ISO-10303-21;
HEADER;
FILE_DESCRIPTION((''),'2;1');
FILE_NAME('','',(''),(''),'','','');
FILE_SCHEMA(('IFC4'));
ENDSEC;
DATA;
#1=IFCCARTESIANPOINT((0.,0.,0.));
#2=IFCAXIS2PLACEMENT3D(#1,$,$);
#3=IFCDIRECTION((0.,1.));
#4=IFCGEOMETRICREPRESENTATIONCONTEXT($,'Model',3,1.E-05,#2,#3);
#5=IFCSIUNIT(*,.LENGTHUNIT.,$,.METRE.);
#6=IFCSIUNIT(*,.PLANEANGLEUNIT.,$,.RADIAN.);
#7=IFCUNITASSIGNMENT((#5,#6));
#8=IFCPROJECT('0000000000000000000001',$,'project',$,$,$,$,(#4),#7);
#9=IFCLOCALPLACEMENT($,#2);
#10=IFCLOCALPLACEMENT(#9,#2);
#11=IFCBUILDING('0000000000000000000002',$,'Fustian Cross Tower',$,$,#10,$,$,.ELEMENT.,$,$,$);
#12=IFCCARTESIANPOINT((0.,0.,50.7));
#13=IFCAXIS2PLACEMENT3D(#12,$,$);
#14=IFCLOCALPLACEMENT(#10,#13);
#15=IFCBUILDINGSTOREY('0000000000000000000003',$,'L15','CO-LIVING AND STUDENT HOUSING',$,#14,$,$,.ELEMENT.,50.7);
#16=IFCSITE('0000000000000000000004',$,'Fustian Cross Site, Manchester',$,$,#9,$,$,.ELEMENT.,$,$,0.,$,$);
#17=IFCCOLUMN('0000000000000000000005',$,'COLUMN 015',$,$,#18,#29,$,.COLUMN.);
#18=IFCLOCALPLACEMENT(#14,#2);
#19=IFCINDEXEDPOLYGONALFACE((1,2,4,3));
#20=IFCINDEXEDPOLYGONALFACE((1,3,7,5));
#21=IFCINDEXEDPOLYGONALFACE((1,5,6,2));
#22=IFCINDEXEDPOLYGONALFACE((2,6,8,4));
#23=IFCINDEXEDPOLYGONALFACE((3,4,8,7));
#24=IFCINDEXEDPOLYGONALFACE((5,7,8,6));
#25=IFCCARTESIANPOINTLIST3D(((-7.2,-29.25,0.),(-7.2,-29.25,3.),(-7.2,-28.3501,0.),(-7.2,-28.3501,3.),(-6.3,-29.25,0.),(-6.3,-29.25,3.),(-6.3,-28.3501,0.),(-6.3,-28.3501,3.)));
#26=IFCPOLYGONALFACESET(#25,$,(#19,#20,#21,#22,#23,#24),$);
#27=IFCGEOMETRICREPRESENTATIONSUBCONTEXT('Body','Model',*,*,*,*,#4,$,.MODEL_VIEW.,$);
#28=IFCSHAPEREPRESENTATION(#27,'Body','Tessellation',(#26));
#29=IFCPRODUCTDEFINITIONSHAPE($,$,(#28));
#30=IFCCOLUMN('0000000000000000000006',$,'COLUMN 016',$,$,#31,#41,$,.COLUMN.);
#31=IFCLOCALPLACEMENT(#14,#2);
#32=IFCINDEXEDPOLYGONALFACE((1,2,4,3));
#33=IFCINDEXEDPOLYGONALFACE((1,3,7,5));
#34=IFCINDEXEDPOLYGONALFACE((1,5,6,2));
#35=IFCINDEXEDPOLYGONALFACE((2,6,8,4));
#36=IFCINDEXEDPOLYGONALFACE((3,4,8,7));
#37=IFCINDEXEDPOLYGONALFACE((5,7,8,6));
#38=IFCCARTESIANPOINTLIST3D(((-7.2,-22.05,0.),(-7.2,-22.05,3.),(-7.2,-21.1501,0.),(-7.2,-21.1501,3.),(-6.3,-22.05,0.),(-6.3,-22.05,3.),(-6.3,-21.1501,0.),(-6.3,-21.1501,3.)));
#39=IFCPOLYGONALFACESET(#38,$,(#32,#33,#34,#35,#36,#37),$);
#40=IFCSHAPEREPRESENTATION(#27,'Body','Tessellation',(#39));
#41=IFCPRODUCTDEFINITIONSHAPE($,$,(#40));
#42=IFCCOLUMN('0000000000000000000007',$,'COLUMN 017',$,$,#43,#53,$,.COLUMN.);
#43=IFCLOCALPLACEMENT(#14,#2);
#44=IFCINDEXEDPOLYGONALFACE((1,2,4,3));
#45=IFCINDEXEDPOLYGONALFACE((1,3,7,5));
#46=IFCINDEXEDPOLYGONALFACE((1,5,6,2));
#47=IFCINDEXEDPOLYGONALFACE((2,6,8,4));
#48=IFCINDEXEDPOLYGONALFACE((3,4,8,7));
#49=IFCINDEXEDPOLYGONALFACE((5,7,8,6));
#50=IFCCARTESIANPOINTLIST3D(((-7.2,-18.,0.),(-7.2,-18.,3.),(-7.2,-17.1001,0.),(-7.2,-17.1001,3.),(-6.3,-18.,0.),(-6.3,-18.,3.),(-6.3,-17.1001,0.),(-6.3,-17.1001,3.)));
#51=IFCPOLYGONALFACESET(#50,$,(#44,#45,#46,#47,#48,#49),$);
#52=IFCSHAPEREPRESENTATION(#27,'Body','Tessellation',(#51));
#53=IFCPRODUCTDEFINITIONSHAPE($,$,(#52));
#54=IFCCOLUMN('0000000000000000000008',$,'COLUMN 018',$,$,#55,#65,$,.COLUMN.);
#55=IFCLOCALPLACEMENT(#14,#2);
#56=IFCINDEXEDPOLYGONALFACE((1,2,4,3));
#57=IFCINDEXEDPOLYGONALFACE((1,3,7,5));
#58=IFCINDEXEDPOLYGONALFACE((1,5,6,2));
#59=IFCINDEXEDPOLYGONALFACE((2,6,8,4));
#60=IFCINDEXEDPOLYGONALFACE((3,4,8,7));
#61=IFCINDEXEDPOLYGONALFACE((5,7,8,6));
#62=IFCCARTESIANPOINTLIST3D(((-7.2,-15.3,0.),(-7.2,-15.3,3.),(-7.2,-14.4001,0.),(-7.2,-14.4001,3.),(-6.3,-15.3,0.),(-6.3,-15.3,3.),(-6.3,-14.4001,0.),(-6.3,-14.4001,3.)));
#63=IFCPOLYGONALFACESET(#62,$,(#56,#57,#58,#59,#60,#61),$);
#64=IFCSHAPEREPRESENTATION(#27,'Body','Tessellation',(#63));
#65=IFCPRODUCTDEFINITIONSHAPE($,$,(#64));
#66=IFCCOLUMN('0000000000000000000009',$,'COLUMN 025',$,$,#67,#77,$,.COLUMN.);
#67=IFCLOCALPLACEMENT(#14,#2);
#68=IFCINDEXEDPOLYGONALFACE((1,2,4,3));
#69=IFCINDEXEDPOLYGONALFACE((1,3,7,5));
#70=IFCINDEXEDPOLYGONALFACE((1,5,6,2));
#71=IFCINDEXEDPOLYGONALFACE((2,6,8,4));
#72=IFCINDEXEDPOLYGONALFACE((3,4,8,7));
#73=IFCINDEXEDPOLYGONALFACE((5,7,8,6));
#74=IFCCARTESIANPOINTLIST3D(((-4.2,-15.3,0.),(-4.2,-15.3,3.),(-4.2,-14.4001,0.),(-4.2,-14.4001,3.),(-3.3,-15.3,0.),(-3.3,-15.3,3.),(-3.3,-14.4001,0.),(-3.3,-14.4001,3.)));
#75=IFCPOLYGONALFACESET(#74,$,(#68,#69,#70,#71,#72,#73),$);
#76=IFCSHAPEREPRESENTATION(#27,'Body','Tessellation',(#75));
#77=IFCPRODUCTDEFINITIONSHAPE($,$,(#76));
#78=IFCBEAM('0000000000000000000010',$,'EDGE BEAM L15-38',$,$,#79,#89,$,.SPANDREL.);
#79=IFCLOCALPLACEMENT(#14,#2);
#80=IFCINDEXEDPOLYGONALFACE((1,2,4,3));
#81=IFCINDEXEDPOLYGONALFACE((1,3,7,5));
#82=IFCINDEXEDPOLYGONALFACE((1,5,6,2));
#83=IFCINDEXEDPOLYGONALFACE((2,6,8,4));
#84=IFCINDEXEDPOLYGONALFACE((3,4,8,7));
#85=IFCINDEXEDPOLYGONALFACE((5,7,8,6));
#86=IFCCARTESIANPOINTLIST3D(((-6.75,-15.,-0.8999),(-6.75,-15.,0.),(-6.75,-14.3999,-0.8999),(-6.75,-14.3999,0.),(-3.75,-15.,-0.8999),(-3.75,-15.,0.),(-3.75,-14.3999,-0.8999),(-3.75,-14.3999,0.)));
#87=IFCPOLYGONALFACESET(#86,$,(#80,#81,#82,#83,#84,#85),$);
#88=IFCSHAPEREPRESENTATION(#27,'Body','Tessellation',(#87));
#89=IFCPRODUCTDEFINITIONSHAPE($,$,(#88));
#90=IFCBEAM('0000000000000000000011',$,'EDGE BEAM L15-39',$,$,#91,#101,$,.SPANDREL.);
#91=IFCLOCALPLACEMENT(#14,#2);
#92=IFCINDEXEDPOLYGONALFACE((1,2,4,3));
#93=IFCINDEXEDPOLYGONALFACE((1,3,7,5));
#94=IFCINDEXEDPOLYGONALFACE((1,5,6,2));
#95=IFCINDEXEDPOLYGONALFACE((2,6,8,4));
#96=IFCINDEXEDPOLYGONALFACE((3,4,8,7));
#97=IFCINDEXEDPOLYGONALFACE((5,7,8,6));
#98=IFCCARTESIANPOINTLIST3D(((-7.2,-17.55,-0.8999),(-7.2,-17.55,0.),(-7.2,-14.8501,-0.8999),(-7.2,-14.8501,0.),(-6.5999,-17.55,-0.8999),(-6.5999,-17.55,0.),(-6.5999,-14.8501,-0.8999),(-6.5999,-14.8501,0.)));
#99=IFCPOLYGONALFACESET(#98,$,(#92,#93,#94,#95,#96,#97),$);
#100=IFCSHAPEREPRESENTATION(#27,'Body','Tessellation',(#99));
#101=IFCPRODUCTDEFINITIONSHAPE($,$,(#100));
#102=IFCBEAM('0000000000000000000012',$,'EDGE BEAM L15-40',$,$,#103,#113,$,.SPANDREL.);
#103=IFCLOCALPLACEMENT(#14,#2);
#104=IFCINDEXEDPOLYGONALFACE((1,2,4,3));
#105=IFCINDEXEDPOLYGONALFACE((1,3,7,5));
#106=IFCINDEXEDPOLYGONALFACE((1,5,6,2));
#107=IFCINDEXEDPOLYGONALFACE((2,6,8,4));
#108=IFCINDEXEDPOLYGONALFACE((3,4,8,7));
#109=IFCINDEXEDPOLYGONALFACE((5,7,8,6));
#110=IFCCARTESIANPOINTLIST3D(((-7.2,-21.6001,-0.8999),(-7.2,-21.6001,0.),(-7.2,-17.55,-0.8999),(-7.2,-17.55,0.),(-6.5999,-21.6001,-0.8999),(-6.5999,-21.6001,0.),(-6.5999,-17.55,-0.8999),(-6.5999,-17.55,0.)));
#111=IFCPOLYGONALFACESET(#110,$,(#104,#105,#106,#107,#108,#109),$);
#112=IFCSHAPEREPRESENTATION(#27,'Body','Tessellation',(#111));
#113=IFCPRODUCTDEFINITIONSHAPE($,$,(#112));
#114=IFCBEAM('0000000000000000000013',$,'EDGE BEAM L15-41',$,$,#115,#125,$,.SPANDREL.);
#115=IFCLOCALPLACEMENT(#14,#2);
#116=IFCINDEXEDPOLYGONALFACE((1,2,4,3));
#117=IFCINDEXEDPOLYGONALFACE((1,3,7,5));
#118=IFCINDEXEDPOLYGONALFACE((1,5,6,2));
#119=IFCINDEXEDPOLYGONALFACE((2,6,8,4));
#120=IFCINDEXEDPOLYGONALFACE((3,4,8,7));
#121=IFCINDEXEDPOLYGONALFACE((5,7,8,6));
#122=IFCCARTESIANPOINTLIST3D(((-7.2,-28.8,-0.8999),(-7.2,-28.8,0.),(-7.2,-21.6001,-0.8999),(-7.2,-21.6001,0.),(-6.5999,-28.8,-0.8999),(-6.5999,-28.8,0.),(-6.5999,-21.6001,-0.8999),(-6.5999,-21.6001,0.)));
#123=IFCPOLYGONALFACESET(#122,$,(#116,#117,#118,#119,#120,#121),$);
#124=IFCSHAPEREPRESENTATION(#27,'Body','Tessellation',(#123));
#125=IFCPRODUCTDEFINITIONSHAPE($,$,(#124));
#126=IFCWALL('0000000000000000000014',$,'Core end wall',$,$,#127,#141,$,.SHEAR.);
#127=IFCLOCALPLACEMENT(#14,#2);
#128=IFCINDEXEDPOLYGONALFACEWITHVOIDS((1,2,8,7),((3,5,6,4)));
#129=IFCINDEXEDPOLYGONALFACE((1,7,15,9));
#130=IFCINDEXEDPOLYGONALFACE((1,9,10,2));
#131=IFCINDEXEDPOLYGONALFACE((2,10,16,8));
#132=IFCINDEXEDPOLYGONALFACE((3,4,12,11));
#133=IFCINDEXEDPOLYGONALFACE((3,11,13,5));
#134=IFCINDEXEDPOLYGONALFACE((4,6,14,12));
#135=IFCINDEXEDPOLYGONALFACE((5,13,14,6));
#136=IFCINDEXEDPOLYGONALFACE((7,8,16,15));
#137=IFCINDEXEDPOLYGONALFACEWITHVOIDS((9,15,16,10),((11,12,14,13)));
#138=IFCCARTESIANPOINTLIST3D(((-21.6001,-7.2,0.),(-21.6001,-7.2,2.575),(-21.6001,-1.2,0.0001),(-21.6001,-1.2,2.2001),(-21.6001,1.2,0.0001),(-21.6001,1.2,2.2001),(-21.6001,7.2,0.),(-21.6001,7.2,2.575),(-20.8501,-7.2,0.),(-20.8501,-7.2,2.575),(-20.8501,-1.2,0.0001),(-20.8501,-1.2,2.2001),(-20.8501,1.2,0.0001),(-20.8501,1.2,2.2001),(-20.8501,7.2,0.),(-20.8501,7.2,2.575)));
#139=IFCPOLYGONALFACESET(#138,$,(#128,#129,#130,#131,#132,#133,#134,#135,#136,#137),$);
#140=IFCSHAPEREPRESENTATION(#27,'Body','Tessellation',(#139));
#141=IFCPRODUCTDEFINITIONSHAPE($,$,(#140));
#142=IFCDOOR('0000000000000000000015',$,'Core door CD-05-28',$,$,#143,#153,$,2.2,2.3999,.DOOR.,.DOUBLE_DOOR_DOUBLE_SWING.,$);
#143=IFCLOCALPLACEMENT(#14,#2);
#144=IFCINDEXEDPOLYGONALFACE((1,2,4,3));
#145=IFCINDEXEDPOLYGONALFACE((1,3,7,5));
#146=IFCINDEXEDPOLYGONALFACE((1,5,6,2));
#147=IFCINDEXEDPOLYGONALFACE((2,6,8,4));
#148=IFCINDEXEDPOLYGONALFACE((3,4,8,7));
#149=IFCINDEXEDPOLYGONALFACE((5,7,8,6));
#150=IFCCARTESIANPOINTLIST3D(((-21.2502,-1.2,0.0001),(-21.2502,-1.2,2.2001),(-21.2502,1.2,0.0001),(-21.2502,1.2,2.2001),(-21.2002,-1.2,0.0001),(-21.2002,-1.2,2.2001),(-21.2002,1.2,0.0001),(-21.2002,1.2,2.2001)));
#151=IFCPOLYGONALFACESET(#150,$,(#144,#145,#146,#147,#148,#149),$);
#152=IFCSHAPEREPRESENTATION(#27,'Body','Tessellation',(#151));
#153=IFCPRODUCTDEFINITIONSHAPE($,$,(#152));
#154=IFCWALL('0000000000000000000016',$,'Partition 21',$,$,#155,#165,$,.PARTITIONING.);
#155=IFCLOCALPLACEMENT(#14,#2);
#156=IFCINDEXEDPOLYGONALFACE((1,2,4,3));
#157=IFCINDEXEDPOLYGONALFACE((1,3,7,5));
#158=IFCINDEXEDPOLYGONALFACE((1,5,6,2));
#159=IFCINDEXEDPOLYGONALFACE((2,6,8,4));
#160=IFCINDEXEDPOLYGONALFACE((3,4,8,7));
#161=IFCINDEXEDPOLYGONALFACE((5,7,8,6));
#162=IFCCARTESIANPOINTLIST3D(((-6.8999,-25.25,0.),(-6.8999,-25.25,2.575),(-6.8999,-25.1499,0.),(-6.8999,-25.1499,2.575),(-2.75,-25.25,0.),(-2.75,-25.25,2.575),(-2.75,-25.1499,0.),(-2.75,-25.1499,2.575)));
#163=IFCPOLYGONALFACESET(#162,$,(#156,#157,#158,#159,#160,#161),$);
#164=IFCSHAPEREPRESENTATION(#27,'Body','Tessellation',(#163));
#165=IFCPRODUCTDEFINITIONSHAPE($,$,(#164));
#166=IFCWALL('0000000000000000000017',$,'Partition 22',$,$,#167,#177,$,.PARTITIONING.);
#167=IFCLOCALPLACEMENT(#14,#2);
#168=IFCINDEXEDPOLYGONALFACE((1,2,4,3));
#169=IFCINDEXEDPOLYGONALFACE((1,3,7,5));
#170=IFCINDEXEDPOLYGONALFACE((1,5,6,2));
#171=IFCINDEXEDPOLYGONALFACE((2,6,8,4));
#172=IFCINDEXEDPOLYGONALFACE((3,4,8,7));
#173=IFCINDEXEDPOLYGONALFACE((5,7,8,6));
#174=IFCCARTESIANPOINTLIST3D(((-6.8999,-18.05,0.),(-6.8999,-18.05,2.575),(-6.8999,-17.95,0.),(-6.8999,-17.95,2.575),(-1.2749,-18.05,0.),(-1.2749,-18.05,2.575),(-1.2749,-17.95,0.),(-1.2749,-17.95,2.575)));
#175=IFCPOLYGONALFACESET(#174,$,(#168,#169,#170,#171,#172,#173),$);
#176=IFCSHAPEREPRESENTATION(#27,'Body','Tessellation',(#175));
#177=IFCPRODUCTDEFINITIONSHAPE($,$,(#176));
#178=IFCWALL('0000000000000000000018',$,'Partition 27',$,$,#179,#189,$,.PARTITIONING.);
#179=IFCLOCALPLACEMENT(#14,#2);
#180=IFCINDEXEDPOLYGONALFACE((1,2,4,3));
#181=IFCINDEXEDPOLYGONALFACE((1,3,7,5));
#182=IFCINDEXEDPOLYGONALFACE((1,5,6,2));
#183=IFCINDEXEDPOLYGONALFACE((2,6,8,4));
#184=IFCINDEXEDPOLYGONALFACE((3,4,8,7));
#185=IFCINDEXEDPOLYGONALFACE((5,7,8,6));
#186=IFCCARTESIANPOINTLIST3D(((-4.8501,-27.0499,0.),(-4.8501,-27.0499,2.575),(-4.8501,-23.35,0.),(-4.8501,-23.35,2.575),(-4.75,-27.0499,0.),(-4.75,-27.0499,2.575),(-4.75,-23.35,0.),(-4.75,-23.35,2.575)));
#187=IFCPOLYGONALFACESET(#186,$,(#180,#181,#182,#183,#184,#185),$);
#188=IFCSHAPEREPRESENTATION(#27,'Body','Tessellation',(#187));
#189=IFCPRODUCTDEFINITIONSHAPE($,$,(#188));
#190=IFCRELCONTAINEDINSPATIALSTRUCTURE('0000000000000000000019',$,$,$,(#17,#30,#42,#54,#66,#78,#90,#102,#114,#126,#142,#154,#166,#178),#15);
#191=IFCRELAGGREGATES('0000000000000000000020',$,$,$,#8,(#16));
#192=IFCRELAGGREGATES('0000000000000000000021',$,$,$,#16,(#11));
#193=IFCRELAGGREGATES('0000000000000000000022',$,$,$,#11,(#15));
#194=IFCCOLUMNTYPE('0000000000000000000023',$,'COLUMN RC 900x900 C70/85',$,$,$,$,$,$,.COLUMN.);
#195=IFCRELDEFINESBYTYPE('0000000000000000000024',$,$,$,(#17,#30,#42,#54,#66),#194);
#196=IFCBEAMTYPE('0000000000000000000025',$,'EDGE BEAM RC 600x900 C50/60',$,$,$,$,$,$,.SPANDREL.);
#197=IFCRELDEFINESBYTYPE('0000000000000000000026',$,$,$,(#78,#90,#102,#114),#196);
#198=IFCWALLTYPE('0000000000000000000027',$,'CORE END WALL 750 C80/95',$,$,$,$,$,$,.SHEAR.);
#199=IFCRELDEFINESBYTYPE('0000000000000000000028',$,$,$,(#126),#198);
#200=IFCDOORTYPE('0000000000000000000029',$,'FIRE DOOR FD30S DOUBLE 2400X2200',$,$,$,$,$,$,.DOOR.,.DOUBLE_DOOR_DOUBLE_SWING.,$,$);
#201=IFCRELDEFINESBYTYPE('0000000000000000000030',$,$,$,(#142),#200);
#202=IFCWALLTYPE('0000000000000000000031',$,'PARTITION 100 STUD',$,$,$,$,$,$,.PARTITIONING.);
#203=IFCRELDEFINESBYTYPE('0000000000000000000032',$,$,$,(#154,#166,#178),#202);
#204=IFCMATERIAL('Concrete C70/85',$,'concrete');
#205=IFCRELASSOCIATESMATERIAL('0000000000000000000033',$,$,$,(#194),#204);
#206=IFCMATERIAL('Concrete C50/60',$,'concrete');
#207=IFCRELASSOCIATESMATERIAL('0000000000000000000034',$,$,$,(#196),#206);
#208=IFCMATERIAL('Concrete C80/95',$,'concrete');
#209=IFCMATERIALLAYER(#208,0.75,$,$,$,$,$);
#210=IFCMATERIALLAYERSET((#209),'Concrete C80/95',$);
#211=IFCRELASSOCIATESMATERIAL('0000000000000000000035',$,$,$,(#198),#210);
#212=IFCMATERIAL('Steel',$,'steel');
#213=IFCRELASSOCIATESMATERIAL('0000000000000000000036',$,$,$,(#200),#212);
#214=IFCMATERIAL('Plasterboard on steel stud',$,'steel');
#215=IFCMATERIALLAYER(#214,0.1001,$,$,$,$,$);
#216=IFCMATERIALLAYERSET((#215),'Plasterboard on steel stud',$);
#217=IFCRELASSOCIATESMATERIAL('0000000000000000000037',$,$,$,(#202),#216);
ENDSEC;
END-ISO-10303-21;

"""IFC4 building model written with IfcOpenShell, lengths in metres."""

from ifc_helpers import new_model, si_unit, direction, frame, frame_2d, origin, origin_2d, place, context, subcontext, project, spatial, rectangle, extrude, material, layer, layer_set, material_profile, profile_set, type_object, element, fill, save


model = new_model("IFC4")

# Units and contexts
model_context = context("Model", 3, precision=1e-05, world=origin(), true_north=direction((0.0, 1.0)))
body_context = subcontext(model_context, "Body", "Model", "MODEL_VIEW")
ifc_project = project(units=[si_unit("LENGTHUNIT", "METRE"), si_unit("PLANEANGLEUNIT", "RADIAN")], contexts=[model_context])

# Site, building, storey
site_placement = place(None, origin())
site = spatial("IfcSite", under=ifc_project, at=site_placement, Name="Fustian Cross Site, Manchester", CompositionType="ELEMENT", RefElevation=0.0)
building_placement = place(site_placement, origin())
building = spatial("IfcBuilding", under=site, at=building_placement, Name="Fustian Cross Tower", CompositionType="ELEMENT")
storey_placement = place(building_placement, frame((0.0, 0.0, 50.7)))
storey = spatial("IfcBuildingStorey", under=building, at=storey_placement, Name="L15", Description="CO-LIVING AND STUDENT HOUSING", CompositionType="ELEMENT", Elevation=50.7)

# Columns
ifc_material_1 = material(Name="Concrete C70/85", Category="concrete")
ifc_material_profile_1 = material_profile(ifc_material_1, rectangle(XDim=0.8999, YDim=0.8999, at=origin_2d()), Name="RC 900x900")
ifc_profile_set_1 = profile_set([ifc_material_profile_1], Name="Concrete C70/85")
column_type = type_object("IfcColumnType", Name="COLUMN RC 900x900 C70/85", PredefinedType="COLUMN", material=ifc_profile_set_1)
for number, where, z_axis, x_axis, name in (
    (1, (-6.75, -28.8, 0.0), (0.0, 0.0, 1.0), (1.0, 0.0, 0.0), "COLUMN 015"),
    (2, (-6.75, -21.6001, 0.0), (0.0, 0.0, 1.0), (1.0, 0.0, 0.0), "COLUMN 016"),
    (3, (-6.75, -17.55, 0.0), (0.0, 0.0, 1.0), (1.0, 0.0, 0.0), "COLUMN 017"),
    (4, (-6.75, -14.8501, 0.0), (0.0, 0.0, 1.0), (1.0, 0.0, 0.0), "COLUMN 018"),
    (5, (-3.75, -14.8501, 0.0), (0.0, 0.0, 1.0), (1.0, 0.0, 0.0), "COLUMN 025"),
):
    element("IfcColumn", number, at=place(storey_placement, frame(where, z_axis=z_axis, x_axis=x_axis)), inside=storey, type_object=column_type, Name=name, PredefinedType="COLUMN", context=body_context, shape_type="SweptSolid", body=[
        extrude(rectangle(XDim=0.8999, YDim=0.8999, at=origin_2d()), origin(), (0.0, 0.0, 1.0), 3.0),
    ])

# Beams
ifc_material_2 = material(Name="Concrete C50/60", Category="concrete")
ifc_material_profile_2 = material_profile(ifc_material_2, rectangle(XDim=0.6001, YDim=0.8999, at=origin_2d()), Name="RC 600x900")
ifc_profile_set_2 = profile_set([ifc_material_profile_2], Name="Concrete C50/60")
beam_type = type_object("IfcBeamType", Name="EDGE BEAM RC 600x900 C50/60", PredefinedType="SPANDREL", material=ifc_profile_set_2)
beam_1_placement = place(storey_placement, frame((-3.75, -14.7, -0.45), z_axis=(-1.0, 0.0, 0.0), x_axis=(0.0, -1.0, 0.0)))
element("IfcBeam", 6, at=beam_1_placement, inside=storey, type_object=beam_type, Name="EDGE BEAM L15-38", PredefinedType="SPANDREL", context=body_context, shape_type="SweptSolid", body=[
    extrude(rectangle(XDim=0.6001, YDim=0.8999, at=origin_2d()), origin(), (0.0, 0.0, 1.0), 3.0),
])
beam_2_placement = place(storey_placement, frame((-6.8999, -14.8501, -0.45), z_axis=(0.0, -1.0, 0.0), x_axis=(1.0, 0.0, 0.0)))
element("IfcBeam", 7, at=beam_2_placement, inside=storey, type_object=beam_type, Name="EDGE BEAM L15-39", PredefinedType="SPANDREL", context=body_context, shape_type="SweptSolid", body=[
    extrude(rectangle(XDim=0.6001, YDim=0.8999, at=origin_2d()), origin(), (0.0, 0.0, 1.0), 2.7),
])
beam_3_placement = place(storey_placement, frame((-6.8999, -17.55, -0.45), z_axis=(0.0, -1.0, 0.0), x_axis=(1.0, 0.0, 0.0)))
element("IfcBeam", 8, at=beam_3_placement, inside=storey, type_object=beam_type, Name="EDGE BEAM L15-40", PredefinedType="SPANDREL", context=body_context, shape_type="SweptSolid", body=[
    extrude(rectangle(XDim=0.6001, YDim=0.8999, at=origin_2d()), origin(), (0.0, 0.0, 1.0), 4.05),
])
beam_4_placement = place(storey_placement, frame((-6.8999, -21.6001, -0.45), z_axis=(0.0, -1.0, 0.0), x_axis=(1.0, 0.0, 0.0)))
element("IfcBeam", 9, at=beam_4_placement, inside=storey, type_object=beam_type, Name="EDGE BEAM L15-41", PredefinedType="SPANDREL", context=body_context, shape_type="SweptSolid", body=[
    extrude(rectangle(XDim=0.6001, YDim=0.8999, at=origin_2d()), origin(), (0.0, 0.0, 1.0), 7.2),
])

# Wall, opening, door
ifc_material_3 = material(Name="Concrete C80/95", Category="concrete")
ifc_layer_1 = layer(ifc_material_3, 0.75)
ifc_layer_set_1 = layer_set([ifc_layer_1], Name="Concrete C80/95")
wall_type_1 = type_object("IfcWallType", Name="CORE END WALL 750 C80/95", PredefinedType="SHEAR", material=ifc_layer_set_1)
wall_1_placement = place(storey_placement, frame((-21.2251, -7.2, 0.0), z_axis=(0.0, 0.0, 1.0), x_axis=(0.0, 1.0, 0.0)))
wall_1 = element("IfcWall", 10, at=wall_1_placement, inside=storey, type_object=wall_type_1, Name="Core end wall", PredefinedType="SHEAR", context=body_context, shape_type="SweptSolid", body=[
    extrude(rectangle(XDim=14.3999, YDim=0.75, at=frame_2d((7.2, 0.0))), origin(), (0.0, 0.0, 1.0), 2.575),
])
opening_1_placement = place(wall_1_placement, frame((6.0, 0.0, 0.0)))
opening_1 = element("IfcOpeningElement", 11, at=opening_1_placement, cuts=wall_1, PredefinedType="OPENING", context=body_context, shape_type="SweptSolid", body=[
    extrude(rectangle(XDim=2.3999, YDim=2.2, at=frame_2d((1.2, 1.1001))), frame((0.0, 0.385, 0.0), z_axis=(0.0, -1.0, 0.0), x_axis=(1.0, 0.0, 0.0)), (0.0, 0.0, 1.0), 0.77),
])
ifc_material_4 = material(Name="Steel", Category="steel")
door_type_1 = type_object("IfcDoorType", Name="FIRE DOOR FD30S DOUBLE 2400X2200", OperationType="DOUBLE_DOOR_DOUBLE_SWING", PredefinedType="DOOR", material=ifc_material_4)
door_1_placement = place(opening_1_placement, frame((2.3999, 0.0, 0.0), z_axis=(0.0, 0.0, 1.0), x_axis=(-1.0, 0.0, 0.0)))
door_1 = element("IfcDoor", 12, at=door_1_placement, inside=storey, type_object=door_type_1, Name="Core door CD-05-28", OperationType="DOUBLE_DOOR_DOUBLE_SWING", OverallHeight=2.2, OverallWidth=2.3999, PredefinedType="DOOR", context=body_context, shape_type="SweptSolid", body=[
    extrude(rectangle(XDim=2.3999, YDim=2.2, at=frame_2d((1.2, 1.1001))), frame((0.0, 0.0249, 0.0), z_axis=(0.0, -1.0, 0.0), x_axis=(1.0, 0.0, 0.0)), (0.0, 0.0, 1.0), 0.05),
])
fill(opening_1, door_1)

# Walls
ifc_material_5 = material(Name="Plasterboard on steel stud", Category="steel")
ifc_layer_2 = layer(ifc_material_5, 0.1001)
ifc_layer_set_2 = layer_set([ifc_layer_2], Name="Plasterboard on steel stud")
wall_type_2 = type_object("IfcWallType", Name="PARTITION 100 STUD", PredefinedType="PARTITIONING", material=ifc_layer_set_2)
wall_2_placement = place(storey_placement, frame((-6.8999, -25.2, 0.0), z_axis=(0.0, 0.0, 1.0), x_axis=(1.0, 0.0, 0.0)))
element("IfcWall", 13, at=wall_2_placement, inside=storey, type_object=wall_type_2, Name="Partition 21", PredefinedType="PARTITIONING", context=body_context, shape_type="SweptSolid", body=[
    extrude(rectangle(XDim=4.1499, YDim=0.1001, at=frame_2d((2.075, 0.0))), origin(), (0.0, 0.0, 1.0), 2.575),
])
wall_3_placement = place(storey_placement, frame((-6.8999, -18.0, 0.0), z_axis=(0.0, 0.0, 1.0), x_axis=(1.0, 0.0, 0.0)))
element("IfcWall", 14, at=wall_3_placement, inside=storey, type_object=wall_type_2, Name="Partition 22", PredefinedType="PARTITIONING", context=body_context, shape_type="SweptSolid", body=[
    extrude(rectangle(XDim=5.625, YDim=0.1001, at=frame_2d((2.8125, 0.0))), origin(), (0.0, 0.0, 1.0), 2.575),
])
wall_4_placement = place(storey_placement, frame((-4.8, -27.05, 0.0), z_axis=(0.0, 0.0, 1.0), x_axis=(0.0, 1.0, 0.0)))
element("IfcWall", 15, at=wall_4_placement, inside=storey, type_object=wall_type_2, Name="Partition 27", PredefinedType="PARTITIONING", context=body_context, shape_type="SweptSolid", body=[
    extrude(rectangle(XDim=3.7, YDim=0.1001, at=frame_2d((1.8501, 0.0))), origin(), (0.0, 0.0, 1.0), 2.575),
])

save(model, "model.ifc")
